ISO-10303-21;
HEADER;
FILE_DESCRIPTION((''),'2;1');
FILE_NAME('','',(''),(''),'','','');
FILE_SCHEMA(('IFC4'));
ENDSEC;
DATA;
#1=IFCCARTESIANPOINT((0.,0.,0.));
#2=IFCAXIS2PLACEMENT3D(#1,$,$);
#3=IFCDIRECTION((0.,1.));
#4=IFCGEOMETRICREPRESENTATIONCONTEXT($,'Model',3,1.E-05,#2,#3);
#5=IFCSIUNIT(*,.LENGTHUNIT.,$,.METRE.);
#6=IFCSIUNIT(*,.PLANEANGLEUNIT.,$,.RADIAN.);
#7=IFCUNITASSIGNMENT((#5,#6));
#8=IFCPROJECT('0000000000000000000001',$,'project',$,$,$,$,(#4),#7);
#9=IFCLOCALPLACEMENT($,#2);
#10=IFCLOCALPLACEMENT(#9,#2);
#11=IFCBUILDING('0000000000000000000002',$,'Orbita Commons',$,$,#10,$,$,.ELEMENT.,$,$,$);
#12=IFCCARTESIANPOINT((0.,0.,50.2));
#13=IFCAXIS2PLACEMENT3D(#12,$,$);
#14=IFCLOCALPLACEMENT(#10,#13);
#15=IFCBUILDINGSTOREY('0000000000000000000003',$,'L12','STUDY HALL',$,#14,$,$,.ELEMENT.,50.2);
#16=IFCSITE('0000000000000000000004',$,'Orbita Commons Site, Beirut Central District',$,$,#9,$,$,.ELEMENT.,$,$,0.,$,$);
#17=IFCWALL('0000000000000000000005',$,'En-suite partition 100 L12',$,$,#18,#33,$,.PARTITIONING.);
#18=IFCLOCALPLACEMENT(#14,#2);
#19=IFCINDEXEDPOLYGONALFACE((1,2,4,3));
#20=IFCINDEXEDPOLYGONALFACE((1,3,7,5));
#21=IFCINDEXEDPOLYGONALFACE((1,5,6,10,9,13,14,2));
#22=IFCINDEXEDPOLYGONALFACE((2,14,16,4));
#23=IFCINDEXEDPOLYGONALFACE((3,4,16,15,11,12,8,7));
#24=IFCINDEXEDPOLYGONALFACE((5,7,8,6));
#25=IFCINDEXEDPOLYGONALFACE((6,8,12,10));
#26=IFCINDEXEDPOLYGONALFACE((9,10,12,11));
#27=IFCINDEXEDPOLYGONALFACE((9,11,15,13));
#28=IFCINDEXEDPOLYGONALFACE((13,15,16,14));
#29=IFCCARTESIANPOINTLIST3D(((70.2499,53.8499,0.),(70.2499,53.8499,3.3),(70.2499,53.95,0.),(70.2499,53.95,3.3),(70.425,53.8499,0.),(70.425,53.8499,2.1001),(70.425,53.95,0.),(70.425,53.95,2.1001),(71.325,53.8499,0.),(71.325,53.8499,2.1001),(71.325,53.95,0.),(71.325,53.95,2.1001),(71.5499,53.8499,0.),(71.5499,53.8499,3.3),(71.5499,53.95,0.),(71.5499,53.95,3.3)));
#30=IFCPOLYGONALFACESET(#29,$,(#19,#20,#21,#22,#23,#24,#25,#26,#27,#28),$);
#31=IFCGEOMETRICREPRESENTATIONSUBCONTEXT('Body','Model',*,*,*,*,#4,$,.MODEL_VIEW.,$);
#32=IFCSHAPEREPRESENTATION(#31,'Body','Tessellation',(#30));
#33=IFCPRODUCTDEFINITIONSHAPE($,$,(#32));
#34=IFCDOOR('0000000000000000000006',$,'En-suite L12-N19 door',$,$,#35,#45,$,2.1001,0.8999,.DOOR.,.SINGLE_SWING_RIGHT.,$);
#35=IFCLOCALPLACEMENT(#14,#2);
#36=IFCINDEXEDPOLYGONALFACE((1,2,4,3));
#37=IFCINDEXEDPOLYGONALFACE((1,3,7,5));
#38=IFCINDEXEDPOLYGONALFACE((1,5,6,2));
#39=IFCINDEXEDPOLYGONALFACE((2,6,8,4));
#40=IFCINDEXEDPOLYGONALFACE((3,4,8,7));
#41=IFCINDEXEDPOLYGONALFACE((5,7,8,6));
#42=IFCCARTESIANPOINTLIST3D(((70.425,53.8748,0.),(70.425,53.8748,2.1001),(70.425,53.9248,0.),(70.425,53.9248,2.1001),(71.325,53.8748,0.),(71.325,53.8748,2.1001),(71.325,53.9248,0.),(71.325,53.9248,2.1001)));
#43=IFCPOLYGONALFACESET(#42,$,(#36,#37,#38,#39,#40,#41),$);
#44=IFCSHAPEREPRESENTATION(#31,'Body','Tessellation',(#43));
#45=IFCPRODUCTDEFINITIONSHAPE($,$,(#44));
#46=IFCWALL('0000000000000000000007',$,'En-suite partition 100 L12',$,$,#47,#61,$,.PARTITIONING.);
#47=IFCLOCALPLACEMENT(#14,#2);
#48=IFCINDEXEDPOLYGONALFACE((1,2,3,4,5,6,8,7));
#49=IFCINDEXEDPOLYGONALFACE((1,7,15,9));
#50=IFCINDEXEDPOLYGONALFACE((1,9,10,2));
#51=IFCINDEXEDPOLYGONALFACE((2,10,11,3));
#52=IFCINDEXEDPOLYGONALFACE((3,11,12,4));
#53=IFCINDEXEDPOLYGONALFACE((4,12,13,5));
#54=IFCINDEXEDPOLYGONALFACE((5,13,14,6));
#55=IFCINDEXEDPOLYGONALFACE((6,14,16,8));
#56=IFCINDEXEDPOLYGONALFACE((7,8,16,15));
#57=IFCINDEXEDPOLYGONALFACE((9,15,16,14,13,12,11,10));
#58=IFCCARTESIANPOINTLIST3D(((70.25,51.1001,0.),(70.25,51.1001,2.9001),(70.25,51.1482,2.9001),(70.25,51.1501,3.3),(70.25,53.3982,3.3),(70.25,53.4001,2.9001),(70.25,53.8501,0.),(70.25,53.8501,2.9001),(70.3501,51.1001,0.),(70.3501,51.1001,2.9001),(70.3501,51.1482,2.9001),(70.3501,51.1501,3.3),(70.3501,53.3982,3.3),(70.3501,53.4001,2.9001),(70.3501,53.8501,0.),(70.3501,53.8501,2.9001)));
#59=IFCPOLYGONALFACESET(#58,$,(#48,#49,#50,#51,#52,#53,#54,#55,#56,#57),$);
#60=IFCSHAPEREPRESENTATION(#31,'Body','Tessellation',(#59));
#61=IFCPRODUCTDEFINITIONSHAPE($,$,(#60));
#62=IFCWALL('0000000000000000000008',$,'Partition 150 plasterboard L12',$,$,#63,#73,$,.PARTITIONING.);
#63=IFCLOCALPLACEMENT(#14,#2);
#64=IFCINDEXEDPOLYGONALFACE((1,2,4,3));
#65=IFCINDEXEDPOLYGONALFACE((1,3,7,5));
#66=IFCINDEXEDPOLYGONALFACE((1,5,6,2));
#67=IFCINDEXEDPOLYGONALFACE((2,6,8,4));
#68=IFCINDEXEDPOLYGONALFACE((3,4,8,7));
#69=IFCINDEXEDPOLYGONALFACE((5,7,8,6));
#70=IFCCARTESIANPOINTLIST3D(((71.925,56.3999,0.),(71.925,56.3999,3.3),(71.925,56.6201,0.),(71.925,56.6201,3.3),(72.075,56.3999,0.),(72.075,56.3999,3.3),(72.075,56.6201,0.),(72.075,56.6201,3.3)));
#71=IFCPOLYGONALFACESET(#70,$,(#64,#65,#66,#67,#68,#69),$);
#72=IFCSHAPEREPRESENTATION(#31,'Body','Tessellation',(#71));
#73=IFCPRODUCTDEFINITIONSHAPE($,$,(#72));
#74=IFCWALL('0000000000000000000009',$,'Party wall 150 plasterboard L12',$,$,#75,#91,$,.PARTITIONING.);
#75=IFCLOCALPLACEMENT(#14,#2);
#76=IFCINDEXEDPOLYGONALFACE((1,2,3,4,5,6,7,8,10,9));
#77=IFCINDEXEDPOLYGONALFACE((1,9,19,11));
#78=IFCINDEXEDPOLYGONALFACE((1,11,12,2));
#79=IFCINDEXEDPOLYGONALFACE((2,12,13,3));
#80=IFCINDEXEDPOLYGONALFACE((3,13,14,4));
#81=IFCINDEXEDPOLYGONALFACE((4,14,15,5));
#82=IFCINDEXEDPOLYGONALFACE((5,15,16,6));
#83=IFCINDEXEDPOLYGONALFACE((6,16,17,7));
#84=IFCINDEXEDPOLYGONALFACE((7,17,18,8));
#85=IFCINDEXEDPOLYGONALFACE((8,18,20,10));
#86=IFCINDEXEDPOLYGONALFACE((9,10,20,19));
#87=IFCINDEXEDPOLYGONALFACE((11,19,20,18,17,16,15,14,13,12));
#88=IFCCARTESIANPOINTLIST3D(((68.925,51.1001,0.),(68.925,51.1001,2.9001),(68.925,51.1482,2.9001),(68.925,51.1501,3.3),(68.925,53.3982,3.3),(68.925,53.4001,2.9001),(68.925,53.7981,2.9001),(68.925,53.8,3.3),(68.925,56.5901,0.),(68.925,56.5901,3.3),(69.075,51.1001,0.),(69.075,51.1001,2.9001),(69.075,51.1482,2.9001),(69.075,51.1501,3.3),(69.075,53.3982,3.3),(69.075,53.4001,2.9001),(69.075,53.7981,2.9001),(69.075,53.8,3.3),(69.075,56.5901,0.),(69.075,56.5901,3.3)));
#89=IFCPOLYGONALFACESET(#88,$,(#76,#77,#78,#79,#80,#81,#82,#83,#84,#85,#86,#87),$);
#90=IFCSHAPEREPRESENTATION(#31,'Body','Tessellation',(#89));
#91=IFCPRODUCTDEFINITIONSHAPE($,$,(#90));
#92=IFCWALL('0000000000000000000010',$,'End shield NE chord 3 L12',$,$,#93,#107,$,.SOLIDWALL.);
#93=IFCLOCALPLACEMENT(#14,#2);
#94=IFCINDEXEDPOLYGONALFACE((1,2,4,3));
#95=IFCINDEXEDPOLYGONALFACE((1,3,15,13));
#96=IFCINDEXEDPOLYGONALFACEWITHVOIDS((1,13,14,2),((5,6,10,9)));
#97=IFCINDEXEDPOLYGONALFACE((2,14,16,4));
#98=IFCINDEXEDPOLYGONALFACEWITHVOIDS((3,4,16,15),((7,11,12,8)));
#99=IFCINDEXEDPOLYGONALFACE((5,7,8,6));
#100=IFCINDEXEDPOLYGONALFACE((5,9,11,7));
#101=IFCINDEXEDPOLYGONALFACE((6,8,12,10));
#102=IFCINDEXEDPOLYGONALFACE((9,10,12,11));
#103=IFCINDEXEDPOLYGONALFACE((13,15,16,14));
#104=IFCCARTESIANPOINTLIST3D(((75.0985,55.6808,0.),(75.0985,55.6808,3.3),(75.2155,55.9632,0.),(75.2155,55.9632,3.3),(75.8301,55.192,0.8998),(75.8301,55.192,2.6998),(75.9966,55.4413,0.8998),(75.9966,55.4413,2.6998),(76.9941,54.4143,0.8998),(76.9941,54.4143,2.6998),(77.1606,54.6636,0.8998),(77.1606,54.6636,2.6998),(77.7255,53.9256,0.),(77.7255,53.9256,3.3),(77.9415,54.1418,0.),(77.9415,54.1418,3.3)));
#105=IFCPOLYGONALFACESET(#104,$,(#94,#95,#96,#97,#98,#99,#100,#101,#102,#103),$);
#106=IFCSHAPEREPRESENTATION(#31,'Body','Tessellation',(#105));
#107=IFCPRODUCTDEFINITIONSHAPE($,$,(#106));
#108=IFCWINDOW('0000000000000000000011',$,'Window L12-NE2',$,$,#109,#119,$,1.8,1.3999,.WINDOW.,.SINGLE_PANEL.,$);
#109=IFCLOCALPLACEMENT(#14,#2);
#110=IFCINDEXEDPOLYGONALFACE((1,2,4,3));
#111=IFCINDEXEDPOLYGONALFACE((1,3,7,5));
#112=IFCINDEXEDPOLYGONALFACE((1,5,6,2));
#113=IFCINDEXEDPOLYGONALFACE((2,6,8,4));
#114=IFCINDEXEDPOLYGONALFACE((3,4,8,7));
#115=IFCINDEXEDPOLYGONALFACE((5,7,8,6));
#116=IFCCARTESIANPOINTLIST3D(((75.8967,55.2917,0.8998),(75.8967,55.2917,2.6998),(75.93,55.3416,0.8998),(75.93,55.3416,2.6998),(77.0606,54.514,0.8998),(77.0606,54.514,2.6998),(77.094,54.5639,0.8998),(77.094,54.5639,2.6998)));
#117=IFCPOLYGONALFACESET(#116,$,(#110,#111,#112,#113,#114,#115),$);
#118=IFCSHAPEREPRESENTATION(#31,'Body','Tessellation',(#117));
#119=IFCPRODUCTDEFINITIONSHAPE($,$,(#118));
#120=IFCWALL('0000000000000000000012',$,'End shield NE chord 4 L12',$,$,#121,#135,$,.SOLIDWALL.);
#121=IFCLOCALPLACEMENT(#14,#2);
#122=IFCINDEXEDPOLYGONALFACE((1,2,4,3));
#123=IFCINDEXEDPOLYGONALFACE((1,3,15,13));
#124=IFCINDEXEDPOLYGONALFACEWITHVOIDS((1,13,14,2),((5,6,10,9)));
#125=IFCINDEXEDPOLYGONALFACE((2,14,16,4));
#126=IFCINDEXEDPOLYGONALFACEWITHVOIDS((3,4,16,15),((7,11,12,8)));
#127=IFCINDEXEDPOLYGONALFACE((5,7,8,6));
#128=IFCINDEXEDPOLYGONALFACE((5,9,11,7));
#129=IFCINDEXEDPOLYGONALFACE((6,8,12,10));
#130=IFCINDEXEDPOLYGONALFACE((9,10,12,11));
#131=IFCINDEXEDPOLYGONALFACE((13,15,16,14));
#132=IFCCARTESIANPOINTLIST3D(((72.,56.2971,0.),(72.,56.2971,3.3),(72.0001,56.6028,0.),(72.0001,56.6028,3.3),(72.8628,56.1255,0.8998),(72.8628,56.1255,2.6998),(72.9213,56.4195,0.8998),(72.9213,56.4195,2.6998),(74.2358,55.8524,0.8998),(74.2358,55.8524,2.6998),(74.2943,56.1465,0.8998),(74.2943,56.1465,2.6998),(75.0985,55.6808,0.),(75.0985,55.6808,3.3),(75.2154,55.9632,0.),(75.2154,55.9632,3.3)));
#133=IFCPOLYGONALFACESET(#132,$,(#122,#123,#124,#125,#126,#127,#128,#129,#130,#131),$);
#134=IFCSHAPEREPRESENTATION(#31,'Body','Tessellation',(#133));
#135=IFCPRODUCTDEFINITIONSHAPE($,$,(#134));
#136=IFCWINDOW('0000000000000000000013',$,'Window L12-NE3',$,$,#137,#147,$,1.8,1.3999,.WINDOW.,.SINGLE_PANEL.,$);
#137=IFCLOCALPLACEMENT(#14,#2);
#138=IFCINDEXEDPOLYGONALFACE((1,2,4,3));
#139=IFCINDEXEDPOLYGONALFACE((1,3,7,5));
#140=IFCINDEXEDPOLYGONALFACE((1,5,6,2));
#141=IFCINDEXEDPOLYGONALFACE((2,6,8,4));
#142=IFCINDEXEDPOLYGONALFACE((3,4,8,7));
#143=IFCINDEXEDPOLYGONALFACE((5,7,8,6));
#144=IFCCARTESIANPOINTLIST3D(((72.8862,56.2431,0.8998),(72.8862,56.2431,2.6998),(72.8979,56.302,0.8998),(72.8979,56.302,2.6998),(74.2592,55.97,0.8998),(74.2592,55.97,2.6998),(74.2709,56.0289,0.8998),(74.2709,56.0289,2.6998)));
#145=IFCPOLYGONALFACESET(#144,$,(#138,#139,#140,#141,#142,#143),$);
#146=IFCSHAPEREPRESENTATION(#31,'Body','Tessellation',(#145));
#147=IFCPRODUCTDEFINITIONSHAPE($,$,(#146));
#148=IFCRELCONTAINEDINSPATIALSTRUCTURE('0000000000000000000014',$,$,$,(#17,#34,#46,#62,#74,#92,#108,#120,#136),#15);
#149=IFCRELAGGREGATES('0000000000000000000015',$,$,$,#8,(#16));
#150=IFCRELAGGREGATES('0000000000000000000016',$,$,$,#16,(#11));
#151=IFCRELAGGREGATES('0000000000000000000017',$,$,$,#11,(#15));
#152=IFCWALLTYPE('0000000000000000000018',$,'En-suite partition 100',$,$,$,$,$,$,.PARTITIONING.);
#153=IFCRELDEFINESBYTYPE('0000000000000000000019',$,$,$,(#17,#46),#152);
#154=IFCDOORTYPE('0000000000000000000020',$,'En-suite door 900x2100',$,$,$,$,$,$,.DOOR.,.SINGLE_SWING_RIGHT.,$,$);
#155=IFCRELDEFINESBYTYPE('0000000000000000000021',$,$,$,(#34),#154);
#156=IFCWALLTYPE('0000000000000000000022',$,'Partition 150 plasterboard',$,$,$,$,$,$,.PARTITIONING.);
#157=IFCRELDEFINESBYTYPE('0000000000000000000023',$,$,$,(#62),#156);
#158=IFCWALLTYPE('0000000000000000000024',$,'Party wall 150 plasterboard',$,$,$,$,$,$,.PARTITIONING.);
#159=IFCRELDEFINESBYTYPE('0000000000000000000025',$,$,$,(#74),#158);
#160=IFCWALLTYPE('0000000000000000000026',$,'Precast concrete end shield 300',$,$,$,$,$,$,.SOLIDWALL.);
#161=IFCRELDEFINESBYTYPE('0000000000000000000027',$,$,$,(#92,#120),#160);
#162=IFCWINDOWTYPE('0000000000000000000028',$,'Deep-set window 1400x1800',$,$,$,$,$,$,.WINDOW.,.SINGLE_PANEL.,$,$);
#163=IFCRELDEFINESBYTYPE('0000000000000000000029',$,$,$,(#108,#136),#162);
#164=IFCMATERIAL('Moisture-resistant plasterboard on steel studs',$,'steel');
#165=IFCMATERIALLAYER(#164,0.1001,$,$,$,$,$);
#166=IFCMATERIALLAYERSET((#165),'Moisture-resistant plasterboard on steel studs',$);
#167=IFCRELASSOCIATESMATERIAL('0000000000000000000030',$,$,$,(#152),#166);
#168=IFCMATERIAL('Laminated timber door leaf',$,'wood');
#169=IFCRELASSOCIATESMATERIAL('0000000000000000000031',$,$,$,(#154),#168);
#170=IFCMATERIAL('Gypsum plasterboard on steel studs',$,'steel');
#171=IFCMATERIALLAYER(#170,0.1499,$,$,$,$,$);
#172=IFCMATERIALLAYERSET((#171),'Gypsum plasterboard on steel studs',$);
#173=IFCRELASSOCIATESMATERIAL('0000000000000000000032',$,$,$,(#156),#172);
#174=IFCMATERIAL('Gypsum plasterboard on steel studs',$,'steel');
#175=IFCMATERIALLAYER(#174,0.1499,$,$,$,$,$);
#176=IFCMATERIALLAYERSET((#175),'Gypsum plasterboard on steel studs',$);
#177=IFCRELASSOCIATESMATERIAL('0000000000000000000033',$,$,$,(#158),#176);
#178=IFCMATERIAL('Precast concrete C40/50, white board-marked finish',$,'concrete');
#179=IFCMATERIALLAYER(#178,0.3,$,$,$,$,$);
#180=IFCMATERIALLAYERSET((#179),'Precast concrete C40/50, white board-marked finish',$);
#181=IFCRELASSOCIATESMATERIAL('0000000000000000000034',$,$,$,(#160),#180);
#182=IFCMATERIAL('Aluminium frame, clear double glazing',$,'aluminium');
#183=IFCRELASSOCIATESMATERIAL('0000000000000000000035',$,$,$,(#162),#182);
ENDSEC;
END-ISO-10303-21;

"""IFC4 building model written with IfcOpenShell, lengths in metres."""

from ifc_helpers import new_model, si_unit, direction, frame, frame_2d, origin, place, context, subcontext, project, spatial, polyline, rectangle, outline, extrude, material, layer, layer_set, type_object, element, fill, save


model = new_model("IFC4")

# Units and contexts
model_context = context("Model", 3, precision=1e-05, world=origin(), true_north=direction((0.0, 1.0)))
body_context = subcontext(model_context, "Body", "Model", "MODEL_VIEW")
ifc_project = project(units=[si_unit("LENGTHUNIT", "METRE"), si_unit("PLANEANGLEUNIT", "RADIAN")], contexts=[model_context])

# Site, building, storey
site_placement = place(None, origin())
site = spatial("IfcSite", under=ifc_project, at=site_placement, Name="Orbita Commons Site, Beirut Central District", CompositionType="ELEMENT", RefElevation=0.0)
building_placement = place(site_placement, origin())
building = spatial("IfcBuilding", under=site, at=building_placement, Name="Orbita Commons", CompositionType="ELEMENT")
storey_placement = place(building_placement, frame((0.0, 0.0, 50.2)))
storey = spatial("IfcBuildingStorey", under=building, at=storey_placement, Name="L12", Description="STUDY HALL", CompositionType="ELEMENT", Elevation=50.2)

# Wall, opening, door
ifc_material_1 = material(Name="Moisture-resistant plasterboard on steel studs", Category="steel")
ifc_layer_1 = layer(ifc_material_1, 0.1001)
ifc_layer_set_1 = layer_set([ifc_layer_1], Name="Moisture-resistant plasterboard on steel studs")
wall_type_1 = type_object("IfcWallType", Name="En-suite partition 100", PredefinedType="PARTITIONING", material=ifc_layer_set_1)
ifc_material_2 = material(Name="Laminated timber door leaf", Category="wood")
door_type = type_object("IfcDoorType", Name="En-suite door 900x2100", OperationType="SINGLE_SWING_RIGHT", PredefinedType="DOOR", material=ifc_material_2)
wall_1_placement = place(storey_placement, frame((70.25, 53.8999, 0.0), z_axis=(0.0, 0.0, 1.0), x_axis=(1.0, 0.0, 0.0)))
wall_1 = element("IfcWall", 1, at=wall_1_placement, inside=storey, type_object=wall_type_1, Name="En-suite partition 100 L12", PredefinedType="PARTITIONING", context=body_context, shape_type="SweptSolid", body=[
    extrude(rectangle(XDim=1.3, YDim=0.1001, at=frame_2d((0.6499, 0.0))), origin(), (0.0, 0.0, 1.0), 3.3),
])
opening_1_placement = place(wall_1_placement, frame((0.175, 0.0, 0.0)))
opening_1 = element("IfcOpeningElement", 2, at=opening_1_placement, cuts=wall_1, PredefinedType="OPENING", context=body_context, shape_type="SweptSolid", body=[
    extrude(rectangle(XDim=0.8999, YDim=2.1001, at=frame_2d((0.45, 1.05))), frame((0.0, 0.0601, 0.0), z_axis=(0.0, -1.0, 0.0), x_axis=(1.0, 0.0, 0.0)), (0.0, 0.0, 1.0), 0.1201),
])
door_1_placement = place(opening_1_placement, origin())
door_1 = element("IfcDoor", 3, at=door_1_placement, inside=storey, type_object=door_type, Name="En-suite L12-N19 door", OperationType="SINGLE_SWING_RIGHT", OverallHeight=2.1001, OverallWidth=0.8999, PredefinedType="DOOR", context=body_context, shape_type="SweptSolid", body=[
    extrude(rectangle(XDim=0.8999, YDim=2.1001, at=frame_2d((0.45, 1.05))), frame((0.0, 0.0249, 0.0), z_axis=(0.0, -1.0, 0.0), x_axis=(1.0, 0.0, 0.0)), (0.0, 0.0, 1.0), 0.05),
])
fill(opening_1, door_1)

# Walls
wall_2_placement = place(storey_placement, frame((70.3, 53.8501, 0.0), z_axis=(0.0, 0.0, 1.0), x_axis=(0.0, -1.0, 0.0)))
element("IfcWall", 4, at=wall_2_placement, inside=storey, type_object=wall_type_1, Name="En-suite partition 100 L12", PredefinedType="PARTITIONING", context=body_context, shape_type="SweptSolid", body=[
    extrude(outline(polyline([(0.0, 0.0), (2.75, 0.0), (2.75, 2.9001), (2.7019, 2.9001), (2.7, 3.3), (0.4519, 3.3), (0.45, 2.9001), (0.0, 2.9001), (0.0, 0.0)])), frame((0.0, 0.05, 0.0), z_axis=(0.0, -1.0, 0.0), x_axis=(1.0, 0.0, 0.0)), (0.0, 0.0, 1.0), 0.1001),
])
ifc_material_3 = material(Name="Gypsum plasterboard on steel studs", Category="steel")
ifc_layer_2 = layer(ifc_material_3, 0.1499)
ifc_layer_set_2 = layer_set([ifc_layer_2], Name="Gypsum plasterboard on steel studs")
wall_type_2 = type_object("IfcWallType", Name="Partition 150 plasterboard", PredefinedType="PARTITIONING", material=ifc_layer_set_2)
wall_3_placement = place(storey_placement, frame((72.0, 56.3999, 0.0), z_axis=(0.0, 0.0, 1.0), x_axis=(0.0, 1.0, 0.0)))
element("IfcWall", 5, at=wall_3_placement, inside=storey, type_object=wall_type_2, Name="Partition 150 plasterboard L12", PredefinedType="PARTITIONING", context=body_context, shape_type="SweptSolid", body=[
    extrude(rectangle(XDim=0.2202, YDim=0.1499, at=frame_2d((0.1101, 0.0))), origin(), (0.0, 0.0, 1.0), 3.3),
])
ifc_material_4 = material(Name="Gypsum plasterboard on steel studs", Category="steel")
ifc_layer_3 = layer(ifc_material_4, 0.1499)
ifc_layer_set_3 = layer_set([ifc_layer_3], Name="Gypsum plasterboard on steel studs")
wall_type_3 = type_object("IfcWallType", Name="Party wall 150 plasterboard", PredefinedType="PARTITIONING", material=ifc_layer_set_3)
wall_4_placement = place(storey_placement, frame((69.0, 56.5901, 0.0), z_axis=(0.0, 0.0, 1.0), x_axis=(0.0, -1.0, 0.0)))
element("IfcWall", 6, at=wall_4_placement, inside=storey, type_object=wall_type_3, Name="Party wall 150 plasterboard L12", PredefinedType="PARTITIONING", context=body_context, shape_type="SweptSolid", body=[
    extrude(outline(polyline([(0.0, 0.0), (5.49, 0.0), (5.49, 2.9001), (5.4419, 2.9001), (5.4399, 3.3), (3.1919, 3.3), (3.1899, 2.9001), (2.792, 2.9001), (2.79, 3.3), (0.0, 3.3), (0.0, 0.0)])), frame((0.0, 0.075, 0.0), z_axis=(0.0, -1.0, 0.0), x_axis=(1.0, 0.0, 0.0)), (0.0, 0.0, 1.0), 0.1499),
])

# Walls, openings, windows
ifc_material_5 = material(Name="Precast concrete C40/50, white board-marked finish", Category="concrete")
ifc_layer_4 = layer(ifc_material_5, 0.3)
ifc_layer_set_4 = layer_set([ifc_layer_4], Name="Precast concrete C40/50, white board-marked finish")
wall_type_4 = type_object("IfcWallType", Name="Precast concrete end shield 300", PredefinedType="SOLIDWALL", material=ifc_layer_set_4)
wall_5_placement = place(storey_placement, frame((77.8335, 54.0337, 0.0), z_axis=(0.0, 0.0, 1.0), x_axis=(-0.831478, 0.555558, 0.0)))
wall_5 = element("IfcWall", 7, at=wall_5_placement, inside=storey, type_object=wall_type_4, Name="End shield NE chord 3 L12", PredefinedType="SOLIDWALL", context=body_context, shape_type="SweptSolid", body=[
    extrude(outline(polyline([(-0.0298, -0.1499), (3.2488, -0.1499), (3.1892, 0.1499), (0.0298, 0.1499), (-0.0298, -0.1499)])), origin(), (0.0, 0.0, 1.0), 3.3),
])
opening_2_placement = place(wall_5_placement, frame((0.9094, 0.0, 0.8999)))
opening_2 = element("IfcOpeningElement", 8, at=opening_2_placement, cuts=wall_5, PredefinedType="OPENING", context=body_context, shape_type="SweptSolid", body=[
    extrude(rectangle(XDim=1.3999, YDim=1.8, at=frame_2d((0.7, 0.8999))), frame((0.0, 0.1599, 0.0), z_axis=(0.0, -1.0, 0.0), x_axis=(1.0, 0.0, 0.0)), (0.0, 0.0, 1.0), 0.3201),
])
ifc_material_6 = material(Name="Aluminium frame, clear double glazing", Category="aluminium")
window_type = type_object("IfcWindowType", Name="Deep-set window 1400x1800", PartitioningType="SINGLE_PANEL", PredefinedType="WINDOW", material=ifc_material_6)
window_1_placement = place(opening_2_placement, origin())
window_1 = element("IfcWindow", 9, at=window_1_placement, inside=storey, type_object=window_type, Name="Window L12-NE2", OverallHeight=1.8, OverallWidth=1.3999, PartitioningType="SINGLE_PANEL", PredefinedType="WINDOW", context=body_context, shape_type="SweptSolid", body=[
    extrude(rectangle(XDim=1.3999, YDim=1.8, at=frame_2d((0.7, 0.8999))), frame((0.0, 0.03, 0.0), z_axis=(0.0, -1.0, 0.0), x_axis=(1.0, 0.0, 0.0)), (0.0, 0.0, 1.0), 0.0601),
])
fill(opening_2, window_1)
wall_6_placement = place(storey_placement, frame((75.157, 55.822, 0.0), z_axis=(0.0, 0.0, 1.0), x_axis=(-0.980787, 0.19508, 0.0)))
wall_6 = element("IfcWall", 10, at=wall_6_placement, inside=storey, type_object=wall_type_4, Name="End shield NE chord 4 L12", PredefinedType="SOLIDWALL", context=body_context, shape_type="SweptSolid", body=[
    extrude(outline(polyline([(-0.0298, -0.1499), (3.2485, -0.1499), (3.189, 0.1499), (0.0298, 0.1499), (-0.0298, -0.1499)])), origin(), (0.0, 0.0, 1.0), 3.3),
])
opening_3_placement = place(wall_6_placement, frame((0.9094, 0.0, 0.8999)))
opening_3 = element("IfcOpeningElement", 11, at=opening_3_placement, cuts=wall_6, PredefinedType="OPENING", context=body_context, shape_type="SweptSolid", body=[
    extrude(rectangle(XDim=1.3999, YDim=1.8, at=frame_2d((0.7, 0.8999))), frame((0.0, 0.1599, 0.0), z_axis=(0.0, -1.0, 0.0), x_axis=(1.0, 0.0, 0.0)), (0.0, 0.0, 1.0), 0.3201),
])
window_2_placement = place(opening_3_placement, origin())
window_2 = element("IfcWindow", 12, at=window_2_placement, inside=storey, type_object=window_type, Name="Window L12-NE3", OverallHeight=1.8, OverallWidth=1.3999, PartitioningType="SINGLE_PANEL", PredefinedType="WINDOW", context=body_context, shape_type="SweptSolid", body=[
    extrude(rectangle(XDim=1.3999, YDim=1.8, at=frame_2d((0.7, 0.8999))), frame((0.0, 0.03, 0.0), z_axis=(0.0, -1.0, 0.0), x_axis=(1.0, 0.0, 0.0)), (0.0, 0.0, 1.0), 0.0601),
])
fill(opening_3, window_2)

save(model, "model.ifc")
